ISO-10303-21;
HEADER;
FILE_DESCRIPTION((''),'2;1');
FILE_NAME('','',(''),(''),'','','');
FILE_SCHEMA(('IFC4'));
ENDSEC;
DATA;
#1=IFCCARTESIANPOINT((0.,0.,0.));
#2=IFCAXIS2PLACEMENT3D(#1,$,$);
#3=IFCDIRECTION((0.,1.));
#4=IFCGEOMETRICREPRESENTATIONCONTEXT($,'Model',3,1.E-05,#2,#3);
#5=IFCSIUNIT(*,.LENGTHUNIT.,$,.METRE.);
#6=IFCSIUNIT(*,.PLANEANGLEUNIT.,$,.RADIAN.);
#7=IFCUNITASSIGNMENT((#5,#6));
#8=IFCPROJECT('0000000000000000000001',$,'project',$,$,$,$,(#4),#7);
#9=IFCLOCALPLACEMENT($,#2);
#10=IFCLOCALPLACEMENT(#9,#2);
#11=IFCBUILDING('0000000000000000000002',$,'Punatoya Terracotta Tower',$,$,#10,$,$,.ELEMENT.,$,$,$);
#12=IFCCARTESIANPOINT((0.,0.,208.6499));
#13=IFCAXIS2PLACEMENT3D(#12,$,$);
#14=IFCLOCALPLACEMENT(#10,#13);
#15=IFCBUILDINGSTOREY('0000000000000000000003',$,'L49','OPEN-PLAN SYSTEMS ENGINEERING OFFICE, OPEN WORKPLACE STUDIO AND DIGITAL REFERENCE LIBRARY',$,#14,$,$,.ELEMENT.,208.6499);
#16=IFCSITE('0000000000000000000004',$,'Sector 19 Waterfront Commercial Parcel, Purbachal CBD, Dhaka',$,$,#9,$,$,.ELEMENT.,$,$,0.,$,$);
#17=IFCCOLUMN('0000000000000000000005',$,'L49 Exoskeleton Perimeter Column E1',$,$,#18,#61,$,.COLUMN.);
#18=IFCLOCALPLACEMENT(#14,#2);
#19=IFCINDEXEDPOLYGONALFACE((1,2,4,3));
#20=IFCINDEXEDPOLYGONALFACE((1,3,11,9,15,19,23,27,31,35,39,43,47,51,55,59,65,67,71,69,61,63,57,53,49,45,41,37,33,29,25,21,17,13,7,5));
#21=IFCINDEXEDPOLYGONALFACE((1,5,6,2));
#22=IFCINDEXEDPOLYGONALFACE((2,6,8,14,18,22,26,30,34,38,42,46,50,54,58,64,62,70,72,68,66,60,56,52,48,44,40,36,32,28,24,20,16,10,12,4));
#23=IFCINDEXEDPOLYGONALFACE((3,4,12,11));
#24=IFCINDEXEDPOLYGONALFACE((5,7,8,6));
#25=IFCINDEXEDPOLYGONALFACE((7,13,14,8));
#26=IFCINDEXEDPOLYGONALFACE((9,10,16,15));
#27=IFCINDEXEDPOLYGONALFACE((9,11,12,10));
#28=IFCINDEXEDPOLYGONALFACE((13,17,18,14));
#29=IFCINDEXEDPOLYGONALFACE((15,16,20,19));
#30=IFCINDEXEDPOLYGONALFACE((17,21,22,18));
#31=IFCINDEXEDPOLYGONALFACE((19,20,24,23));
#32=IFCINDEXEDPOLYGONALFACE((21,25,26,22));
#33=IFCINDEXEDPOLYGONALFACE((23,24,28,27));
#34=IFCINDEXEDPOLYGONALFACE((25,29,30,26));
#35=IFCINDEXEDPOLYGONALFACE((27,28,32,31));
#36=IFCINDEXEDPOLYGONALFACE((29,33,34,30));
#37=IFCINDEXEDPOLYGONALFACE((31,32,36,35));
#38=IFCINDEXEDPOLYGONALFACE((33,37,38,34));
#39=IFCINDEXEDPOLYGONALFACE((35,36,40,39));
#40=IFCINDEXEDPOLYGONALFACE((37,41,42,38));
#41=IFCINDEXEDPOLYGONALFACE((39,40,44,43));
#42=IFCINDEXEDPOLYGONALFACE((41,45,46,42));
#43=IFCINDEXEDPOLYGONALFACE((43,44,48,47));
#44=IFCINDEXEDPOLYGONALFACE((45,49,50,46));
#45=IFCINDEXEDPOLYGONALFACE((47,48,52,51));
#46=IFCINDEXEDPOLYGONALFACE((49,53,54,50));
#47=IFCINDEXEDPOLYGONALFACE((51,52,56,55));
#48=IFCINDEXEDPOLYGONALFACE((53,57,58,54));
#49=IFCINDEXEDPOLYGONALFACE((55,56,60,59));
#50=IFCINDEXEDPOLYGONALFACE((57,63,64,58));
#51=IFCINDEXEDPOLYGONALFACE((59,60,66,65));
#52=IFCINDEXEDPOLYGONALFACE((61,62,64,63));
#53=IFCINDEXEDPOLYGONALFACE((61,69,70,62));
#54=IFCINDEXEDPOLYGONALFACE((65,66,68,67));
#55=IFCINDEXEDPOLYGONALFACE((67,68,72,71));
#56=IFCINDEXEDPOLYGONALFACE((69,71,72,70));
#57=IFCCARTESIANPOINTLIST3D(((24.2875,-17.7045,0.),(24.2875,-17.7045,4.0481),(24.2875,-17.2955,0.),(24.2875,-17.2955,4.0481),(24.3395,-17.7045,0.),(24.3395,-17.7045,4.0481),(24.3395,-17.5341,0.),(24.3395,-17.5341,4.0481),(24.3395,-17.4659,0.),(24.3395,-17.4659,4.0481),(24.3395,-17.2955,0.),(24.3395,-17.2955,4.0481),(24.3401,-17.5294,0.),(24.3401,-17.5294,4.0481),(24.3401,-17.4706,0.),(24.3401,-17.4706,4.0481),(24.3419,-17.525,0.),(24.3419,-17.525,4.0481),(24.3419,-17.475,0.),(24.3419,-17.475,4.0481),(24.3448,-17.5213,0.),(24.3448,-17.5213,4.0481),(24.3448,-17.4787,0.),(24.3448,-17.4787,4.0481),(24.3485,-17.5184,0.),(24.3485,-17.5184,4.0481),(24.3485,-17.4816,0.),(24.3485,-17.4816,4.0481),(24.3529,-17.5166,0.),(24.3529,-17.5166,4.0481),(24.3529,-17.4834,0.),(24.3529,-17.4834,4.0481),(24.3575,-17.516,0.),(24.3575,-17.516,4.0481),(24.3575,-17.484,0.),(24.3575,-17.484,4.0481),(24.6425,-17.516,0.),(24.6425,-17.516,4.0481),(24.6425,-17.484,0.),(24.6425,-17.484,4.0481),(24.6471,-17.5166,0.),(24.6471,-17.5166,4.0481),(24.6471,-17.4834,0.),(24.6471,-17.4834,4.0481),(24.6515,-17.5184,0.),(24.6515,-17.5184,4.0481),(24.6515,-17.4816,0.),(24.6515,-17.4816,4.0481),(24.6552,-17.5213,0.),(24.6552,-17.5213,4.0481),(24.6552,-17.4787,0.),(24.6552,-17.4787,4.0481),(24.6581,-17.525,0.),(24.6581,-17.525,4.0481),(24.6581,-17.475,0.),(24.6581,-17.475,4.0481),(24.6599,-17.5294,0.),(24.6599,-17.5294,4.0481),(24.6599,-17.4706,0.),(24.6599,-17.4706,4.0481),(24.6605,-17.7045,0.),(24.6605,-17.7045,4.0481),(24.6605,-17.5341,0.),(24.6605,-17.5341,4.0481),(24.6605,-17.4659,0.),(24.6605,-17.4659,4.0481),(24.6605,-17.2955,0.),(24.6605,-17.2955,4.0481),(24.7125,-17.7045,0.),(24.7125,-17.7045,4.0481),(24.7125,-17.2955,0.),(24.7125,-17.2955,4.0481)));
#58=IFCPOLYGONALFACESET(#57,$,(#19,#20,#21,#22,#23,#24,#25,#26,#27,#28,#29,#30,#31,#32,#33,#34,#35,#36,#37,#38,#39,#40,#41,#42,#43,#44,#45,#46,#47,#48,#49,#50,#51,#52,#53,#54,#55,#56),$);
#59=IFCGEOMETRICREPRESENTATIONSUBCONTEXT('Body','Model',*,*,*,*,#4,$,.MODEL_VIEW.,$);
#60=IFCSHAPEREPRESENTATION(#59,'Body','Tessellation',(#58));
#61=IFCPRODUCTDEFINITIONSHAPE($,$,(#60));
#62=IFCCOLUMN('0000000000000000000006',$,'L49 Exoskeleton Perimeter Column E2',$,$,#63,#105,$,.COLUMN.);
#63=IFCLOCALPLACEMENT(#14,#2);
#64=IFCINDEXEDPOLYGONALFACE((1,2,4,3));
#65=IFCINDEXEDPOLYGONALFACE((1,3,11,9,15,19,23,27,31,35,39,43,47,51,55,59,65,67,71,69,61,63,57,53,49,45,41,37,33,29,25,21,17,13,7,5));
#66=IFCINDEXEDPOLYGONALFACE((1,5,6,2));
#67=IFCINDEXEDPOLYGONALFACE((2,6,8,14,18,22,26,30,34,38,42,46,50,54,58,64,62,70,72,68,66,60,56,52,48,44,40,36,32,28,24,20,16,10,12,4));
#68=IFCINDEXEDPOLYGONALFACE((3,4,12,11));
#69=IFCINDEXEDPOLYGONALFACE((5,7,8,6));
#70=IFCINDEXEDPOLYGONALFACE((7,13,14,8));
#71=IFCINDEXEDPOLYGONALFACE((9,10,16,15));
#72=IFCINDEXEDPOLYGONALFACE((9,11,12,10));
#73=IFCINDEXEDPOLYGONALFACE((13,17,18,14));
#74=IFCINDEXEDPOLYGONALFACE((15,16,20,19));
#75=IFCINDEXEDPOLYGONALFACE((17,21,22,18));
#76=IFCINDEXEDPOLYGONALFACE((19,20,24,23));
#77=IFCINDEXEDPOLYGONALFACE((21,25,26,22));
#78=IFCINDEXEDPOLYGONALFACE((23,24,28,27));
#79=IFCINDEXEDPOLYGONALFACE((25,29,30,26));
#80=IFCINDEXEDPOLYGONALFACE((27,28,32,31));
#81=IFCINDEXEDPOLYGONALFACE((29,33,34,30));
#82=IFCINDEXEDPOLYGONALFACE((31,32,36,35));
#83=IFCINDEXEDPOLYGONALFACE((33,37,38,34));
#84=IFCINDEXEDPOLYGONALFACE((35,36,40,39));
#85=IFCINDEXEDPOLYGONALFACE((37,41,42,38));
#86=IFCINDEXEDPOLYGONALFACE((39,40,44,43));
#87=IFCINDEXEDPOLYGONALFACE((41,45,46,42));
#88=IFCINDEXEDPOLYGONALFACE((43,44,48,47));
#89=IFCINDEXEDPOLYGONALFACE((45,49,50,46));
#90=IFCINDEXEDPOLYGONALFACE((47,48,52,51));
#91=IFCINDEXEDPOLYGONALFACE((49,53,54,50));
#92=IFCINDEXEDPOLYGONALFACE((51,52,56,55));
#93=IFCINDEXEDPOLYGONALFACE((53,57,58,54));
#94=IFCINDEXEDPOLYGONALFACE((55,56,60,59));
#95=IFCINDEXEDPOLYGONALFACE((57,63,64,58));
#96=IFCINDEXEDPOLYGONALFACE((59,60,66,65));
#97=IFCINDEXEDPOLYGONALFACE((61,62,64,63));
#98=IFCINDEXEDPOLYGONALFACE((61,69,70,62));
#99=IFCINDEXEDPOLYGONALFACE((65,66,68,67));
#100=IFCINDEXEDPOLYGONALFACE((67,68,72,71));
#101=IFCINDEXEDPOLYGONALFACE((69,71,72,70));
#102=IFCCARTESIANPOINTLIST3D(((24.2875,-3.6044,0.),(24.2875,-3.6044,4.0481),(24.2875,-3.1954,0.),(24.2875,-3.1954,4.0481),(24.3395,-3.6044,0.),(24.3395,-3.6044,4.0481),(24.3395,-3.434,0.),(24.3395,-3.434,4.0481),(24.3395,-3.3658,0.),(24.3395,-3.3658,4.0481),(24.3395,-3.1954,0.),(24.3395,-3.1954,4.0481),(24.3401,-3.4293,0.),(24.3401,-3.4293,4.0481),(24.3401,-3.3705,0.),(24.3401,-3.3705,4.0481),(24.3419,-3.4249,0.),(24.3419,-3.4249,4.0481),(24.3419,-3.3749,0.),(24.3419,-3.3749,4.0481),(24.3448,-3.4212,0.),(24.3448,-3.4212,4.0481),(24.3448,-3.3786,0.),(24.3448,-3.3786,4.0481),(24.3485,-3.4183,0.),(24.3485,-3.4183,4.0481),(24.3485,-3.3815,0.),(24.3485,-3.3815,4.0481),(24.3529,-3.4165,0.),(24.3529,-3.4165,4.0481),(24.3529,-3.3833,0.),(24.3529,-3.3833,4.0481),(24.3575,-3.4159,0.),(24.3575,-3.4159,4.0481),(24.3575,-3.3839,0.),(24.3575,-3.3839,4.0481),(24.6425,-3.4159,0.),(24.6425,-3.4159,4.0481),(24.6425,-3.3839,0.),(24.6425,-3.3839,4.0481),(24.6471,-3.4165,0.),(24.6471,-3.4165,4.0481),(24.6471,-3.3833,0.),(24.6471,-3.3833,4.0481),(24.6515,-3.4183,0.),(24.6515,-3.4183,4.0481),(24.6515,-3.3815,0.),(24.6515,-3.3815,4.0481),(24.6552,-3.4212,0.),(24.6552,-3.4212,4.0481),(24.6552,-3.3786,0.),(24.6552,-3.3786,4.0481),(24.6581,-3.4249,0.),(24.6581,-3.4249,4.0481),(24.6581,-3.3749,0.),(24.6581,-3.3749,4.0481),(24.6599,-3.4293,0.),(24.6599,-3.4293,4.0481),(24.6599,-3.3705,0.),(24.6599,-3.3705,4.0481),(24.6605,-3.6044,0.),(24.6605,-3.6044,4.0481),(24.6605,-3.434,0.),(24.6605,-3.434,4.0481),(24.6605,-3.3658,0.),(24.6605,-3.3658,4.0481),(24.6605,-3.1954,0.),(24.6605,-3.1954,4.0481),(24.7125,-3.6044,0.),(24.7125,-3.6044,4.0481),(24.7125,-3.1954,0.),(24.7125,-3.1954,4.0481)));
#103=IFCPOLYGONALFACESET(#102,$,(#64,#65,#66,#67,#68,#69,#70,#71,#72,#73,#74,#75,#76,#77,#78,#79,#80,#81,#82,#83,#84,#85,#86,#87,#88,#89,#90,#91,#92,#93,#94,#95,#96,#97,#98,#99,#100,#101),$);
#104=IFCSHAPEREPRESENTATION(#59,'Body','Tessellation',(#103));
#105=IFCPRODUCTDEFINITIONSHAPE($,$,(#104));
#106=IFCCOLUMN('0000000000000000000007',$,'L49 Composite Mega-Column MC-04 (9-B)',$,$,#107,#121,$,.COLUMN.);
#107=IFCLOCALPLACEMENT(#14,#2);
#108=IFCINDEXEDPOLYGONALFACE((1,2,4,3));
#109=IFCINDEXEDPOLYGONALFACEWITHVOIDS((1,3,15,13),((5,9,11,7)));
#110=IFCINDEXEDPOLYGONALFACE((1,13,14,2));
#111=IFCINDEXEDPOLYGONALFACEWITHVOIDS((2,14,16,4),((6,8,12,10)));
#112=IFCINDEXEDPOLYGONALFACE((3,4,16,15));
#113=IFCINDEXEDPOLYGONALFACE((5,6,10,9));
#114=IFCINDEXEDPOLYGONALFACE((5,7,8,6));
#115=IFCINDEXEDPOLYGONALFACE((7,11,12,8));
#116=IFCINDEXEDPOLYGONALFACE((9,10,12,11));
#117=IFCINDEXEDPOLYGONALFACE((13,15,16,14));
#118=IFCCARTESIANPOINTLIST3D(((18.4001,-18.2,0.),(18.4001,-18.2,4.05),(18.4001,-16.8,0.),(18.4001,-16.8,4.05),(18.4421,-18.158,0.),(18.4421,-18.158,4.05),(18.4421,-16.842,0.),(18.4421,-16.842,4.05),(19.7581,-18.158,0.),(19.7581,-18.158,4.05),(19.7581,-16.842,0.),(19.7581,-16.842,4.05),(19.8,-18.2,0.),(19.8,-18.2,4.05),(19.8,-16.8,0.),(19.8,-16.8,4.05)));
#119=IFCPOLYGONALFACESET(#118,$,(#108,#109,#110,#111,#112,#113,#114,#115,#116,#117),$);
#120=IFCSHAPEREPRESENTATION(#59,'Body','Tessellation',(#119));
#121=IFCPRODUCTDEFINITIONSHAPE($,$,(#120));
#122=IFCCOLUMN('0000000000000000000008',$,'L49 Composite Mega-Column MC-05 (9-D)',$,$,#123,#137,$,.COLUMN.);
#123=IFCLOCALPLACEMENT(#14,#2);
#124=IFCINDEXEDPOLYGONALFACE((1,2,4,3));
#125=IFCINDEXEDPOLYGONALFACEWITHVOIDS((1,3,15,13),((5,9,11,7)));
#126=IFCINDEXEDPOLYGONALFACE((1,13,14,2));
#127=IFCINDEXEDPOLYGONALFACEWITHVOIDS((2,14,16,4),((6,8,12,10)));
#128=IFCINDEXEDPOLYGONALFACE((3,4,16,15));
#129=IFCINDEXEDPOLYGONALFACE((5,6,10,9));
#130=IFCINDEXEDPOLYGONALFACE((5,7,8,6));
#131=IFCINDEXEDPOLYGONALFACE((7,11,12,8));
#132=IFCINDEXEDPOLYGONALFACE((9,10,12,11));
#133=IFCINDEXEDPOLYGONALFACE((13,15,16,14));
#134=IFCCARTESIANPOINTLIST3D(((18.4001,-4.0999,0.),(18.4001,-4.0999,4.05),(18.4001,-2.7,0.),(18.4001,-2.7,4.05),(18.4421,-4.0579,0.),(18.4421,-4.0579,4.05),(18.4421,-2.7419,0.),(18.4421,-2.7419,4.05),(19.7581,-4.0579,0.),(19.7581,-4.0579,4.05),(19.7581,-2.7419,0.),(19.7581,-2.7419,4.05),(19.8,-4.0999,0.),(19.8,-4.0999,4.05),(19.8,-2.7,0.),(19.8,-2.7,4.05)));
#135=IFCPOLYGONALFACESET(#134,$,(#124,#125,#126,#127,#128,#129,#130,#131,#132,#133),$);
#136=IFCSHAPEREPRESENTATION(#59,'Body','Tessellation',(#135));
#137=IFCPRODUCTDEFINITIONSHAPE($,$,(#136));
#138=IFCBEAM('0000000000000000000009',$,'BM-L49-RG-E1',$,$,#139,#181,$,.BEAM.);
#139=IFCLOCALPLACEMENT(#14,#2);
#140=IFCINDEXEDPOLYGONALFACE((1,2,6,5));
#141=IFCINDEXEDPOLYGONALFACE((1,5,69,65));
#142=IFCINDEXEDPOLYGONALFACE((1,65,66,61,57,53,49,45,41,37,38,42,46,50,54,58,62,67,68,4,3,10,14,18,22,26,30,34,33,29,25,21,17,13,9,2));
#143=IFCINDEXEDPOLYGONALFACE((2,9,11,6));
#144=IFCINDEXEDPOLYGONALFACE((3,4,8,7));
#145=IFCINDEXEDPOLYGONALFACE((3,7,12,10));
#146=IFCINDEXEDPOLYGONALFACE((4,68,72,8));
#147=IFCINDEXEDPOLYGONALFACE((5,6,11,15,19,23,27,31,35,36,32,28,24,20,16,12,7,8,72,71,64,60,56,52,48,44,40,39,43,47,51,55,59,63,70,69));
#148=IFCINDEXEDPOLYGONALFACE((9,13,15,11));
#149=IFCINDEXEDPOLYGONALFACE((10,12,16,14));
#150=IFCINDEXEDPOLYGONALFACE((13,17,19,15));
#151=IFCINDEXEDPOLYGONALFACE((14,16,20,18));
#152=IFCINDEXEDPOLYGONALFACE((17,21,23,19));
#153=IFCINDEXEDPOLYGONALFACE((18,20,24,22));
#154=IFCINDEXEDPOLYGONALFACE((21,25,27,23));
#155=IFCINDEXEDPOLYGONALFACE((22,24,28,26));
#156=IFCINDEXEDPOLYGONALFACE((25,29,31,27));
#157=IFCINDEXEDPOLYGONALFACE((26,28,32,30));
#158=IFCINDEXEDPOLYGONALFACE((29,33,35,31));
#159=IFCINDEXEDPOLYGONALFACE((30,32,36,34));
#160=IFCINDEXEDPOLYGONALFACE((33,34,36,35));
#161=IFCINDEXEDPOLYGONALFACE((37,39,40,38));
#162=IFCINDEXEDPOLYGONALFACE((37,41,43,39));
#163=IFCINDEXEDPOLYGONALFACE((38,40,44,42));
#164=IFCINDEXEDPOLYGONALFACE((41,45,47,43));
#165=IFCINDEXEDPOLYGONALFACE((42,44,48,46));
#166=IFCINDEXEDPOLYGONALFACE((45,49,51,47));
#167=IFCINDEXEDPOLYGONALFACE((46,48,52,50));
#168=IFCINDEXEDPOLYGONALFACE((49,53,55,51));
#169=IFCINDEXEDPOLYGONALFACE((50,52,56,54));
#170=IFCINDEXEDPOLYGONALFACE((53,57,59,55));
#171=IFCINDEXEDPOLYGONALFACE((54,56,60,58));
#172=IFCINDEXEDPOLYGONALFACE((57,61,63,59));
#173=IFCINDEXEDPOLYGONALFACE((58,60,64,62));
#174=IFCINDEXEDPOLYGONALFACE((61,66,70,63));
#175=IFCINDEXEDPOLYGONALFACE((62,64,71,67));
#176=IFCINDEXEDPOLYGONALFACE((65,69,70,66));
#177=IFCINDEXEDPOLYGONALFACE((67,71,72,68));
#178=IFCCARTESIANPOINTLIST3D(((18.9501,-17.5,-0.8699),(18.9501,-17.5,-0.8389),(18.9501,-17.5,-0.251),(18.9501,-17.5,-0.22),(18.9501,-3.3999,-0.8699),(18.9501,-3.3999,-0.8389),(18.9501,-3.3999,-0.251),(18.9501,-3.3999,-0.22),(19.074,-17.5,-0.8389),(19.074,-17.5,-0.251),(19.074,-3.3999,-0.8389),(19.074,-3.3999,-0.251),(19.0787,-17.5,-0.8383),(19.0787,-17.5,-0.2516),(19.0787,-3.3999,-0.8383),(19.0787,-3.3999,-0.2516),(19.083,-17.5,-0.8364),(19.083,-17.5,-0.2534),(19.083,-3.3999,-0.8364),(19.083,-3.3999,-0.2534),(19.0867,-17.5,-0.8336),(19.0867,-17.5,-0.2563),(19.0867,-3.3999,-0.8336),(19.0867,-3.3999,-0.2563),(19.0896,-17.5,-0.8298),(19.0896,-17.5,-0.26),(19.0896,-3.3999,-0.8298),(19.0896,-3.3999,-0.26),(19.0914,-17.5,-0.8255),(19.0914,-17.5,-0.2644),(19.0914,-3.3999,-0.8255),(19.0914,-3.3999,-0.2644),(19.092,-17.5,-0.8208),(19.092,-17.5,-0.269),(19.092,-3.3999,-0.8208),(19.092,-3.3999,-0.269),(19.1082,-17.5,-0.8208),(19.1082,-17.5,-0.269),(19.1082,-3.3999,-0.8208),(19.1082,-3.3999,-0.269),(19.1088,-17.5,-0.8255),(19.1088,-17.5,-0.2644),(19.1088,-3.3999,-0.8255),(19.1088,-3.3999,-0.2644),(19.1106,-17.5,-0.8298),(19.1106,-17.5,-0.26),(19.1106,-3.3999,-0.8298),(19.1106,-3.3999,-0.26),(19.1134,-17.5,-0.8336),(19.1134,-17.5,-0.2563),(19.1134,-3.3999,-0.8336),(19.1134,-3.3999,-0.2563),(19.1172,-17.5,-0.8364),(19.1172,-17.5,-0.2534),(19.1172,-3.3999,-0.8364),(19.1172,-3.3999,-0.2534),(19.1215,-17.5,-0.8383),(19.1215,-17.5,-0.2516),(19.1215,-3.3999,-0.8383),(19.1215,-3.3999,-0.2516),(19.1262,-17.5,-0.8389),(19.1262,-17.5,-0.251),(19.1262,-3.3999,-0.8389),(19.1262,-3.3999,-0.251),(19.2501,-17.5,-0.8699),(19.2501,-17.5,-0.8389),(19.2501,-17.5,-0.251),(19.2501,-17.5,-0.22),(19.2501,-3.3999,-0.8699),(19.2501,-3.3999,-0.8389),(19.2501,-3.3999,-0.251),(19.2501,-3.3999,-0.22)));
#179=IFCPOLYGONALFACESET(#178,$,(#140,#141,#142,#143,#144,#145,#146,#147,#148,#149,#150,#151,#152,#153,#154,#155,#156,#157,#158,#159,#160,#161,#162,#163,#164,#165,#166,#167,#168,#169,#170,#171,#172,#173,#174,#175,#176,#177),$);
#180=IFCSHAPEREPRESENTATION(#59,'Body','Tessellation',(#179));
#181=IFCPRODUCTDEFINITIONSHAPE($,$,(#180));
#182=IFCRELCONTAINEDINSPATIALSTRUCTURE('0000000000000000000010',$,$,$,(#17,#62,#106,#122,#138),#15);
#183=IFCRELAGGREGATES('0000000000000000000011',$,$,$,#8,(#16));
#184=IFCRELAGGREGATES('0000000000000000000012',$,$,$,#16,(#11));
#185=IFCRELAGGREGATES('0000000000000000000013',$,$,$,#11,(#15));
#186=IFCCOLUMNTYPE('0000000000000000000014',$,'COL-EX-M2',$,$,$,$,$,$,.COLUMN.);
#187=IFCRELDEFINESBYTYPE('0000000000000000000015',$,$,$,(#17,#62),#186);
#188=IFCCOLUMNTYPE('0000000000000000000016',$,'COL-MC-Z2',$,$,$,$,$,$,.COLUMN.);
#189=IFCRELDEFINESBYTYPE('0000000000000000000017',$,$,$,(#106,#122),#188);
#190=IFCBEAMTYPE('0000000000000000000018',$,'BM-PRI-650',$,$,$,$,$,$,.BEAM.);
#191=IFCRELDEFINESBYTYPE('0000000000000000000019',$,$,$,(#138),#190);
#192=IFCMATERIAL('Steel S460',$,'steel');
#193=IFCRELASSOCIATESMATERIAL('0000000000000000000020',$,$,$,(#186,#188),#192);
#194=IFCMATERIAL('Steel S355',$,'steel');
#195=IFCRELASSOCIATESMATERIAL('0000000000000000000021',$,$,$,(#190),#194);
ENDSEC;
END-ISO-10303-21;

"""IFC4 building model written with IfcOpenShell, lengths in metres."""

from ifc_helpers import new_model, si_unit, direction, frame, origin, origin_2d, place, context, subcontext, project, spatial, hollow_rectangle, i_section, extrude, material, material_profile, profile_set, type_object, element, save


model = new_model("IFC4")

# Units and contexts
model_context = context("Model", 3, precision=1e-05, world=origin(), true_north=direction((0.0, 1.0)))
body_context = subcontext(model_context, "Body", "Model", "MODEL_VIEW")
ifc_project = project(units=[si_unit("LENGTHUNIT", "METRE"), si_unit("PLANEANGLEUNIT", "RADIAN")], contexts=[model_context])

# Site, building, storey
site_placement = place(None, origin())
site = spatial("IfcSite", under=ifc_project, at=site_placement, Name="Sector 19 Waterfront Commercial Parcel, Purbachal CBD, Dhaka", CompositionType="ELEMENT", RefElevation=0.0)
building_placement = place(site_placement, origin())
building = spatial("IfcBuilding", under=site, at=building_placement, Name="Punatoya Terracotta Tower", CompositionType="ELEMENT")
storey_placement = place(building_placement, frame((0.0, 0.0, 208.6499)))
storey = spatial("IfcBuildingStorey", under=building, at=storey_placement, Name="L49", Description="OPEN-PLAN SYSTEMS ENGINEERING OFFICE, OPEN WORKPLACE STUDIO AND DIGITAL REFERENCE LIBRARY", CompositionType="ELEMENT", Elevation=208.6499)

# Columns
ifc_material_1 = material(Name="Steel S460", Category="steel")
ifc_material_profile_1 = material_profile(ifc_material_1, i_section(OverallWidth=0.4089, OverallDepth=0.425, WebThickness=0.032, FlangeThickness=0.052, FilletRadius=0.0181, at=origin_2d()))
ifc_profile_set_1 = profile_set([ifc_material_profile_1], Name="Steel S460")
column_type_1 = type_object("IfcColumnType", Name="COL-EX-M2", PredefinedType="COLUMN", material=ifc_profile_set_1)
for number, where, z_axis, x_axis, name in (
    (1, (24.5, -17.5, 0.0), (0.0, 0.0, 1.0), (0.0, 1.0, 0.0), "L49 Exoskeleton Perimeter Column E1"),
    (2, (24.5, -3.3999, 0.0), (0.0, 0.0, 1.0), (0.0, 1.0, 0.0), "L49 Exoskeleton Perimeter Column E2"),
):
    element("IfcColumn", number, at=place(storey_placement, frame(where, z_axis=z_axis, x_axis=x_axis)), inside=storey, type_object=column_type_1, Name=name, PredefinedType="COLUMN", context=body_context, shape_type="SweptSolid", body=[
        extrude(i_section(OverallWidth=0.4089, OverallDepth=0.425, WebThickness=0.032, FlangeThickness=0.052, FilletRadius=0.0181, at=origin_2d()), origin(), (0.0, 0.0, 1.0), 4.0481),
    ])
ifc_material_profile_2 = material_profile(ifc_material_1, hollow_rectangle(XDim=1.3999, YDim=1.3999, WallThickness=0.042, at=origin_2d()))
ifc_profile_set_2 = profile_set([ifc_material_profile_2], Name="Steel S460")
column_type_2 = type_object("IfcColumnType", Name="COL-MC-Z2", PredefinedType="COLUMN", material=ifc_profile_set_2)
for number, where, z_axis, x_axis, name in (
    (3, (19.1001, -17.5, 0.0), (0.0, 0.0, 1.0), (1.0, 0.0, 0.0), "L49 Composite Mega-Column MC-04 (9-B)"),
    (4, (19.1001, -3.3999, 0.0), (0.0, 0.0, 1.0), (1.0, 0.0, 0.0), "L49 Composite Mega-Column MC-05 (9-D)"),
):
    element("IfcColumn", number, at=place(storey_placement, frame(where, z_axis=z_axis, x_axis=x_axis)), inside=storey, type_object=column_type_2, Name=name, PredefinedType="COLUMN", context=body_context, shape_type="SweptSolid", body=[
        extrude(hollow_rectangle(XDim=1.3999, YDim=1.3999, WallThickness=0.042, at=origin_2d()), origin(), (0.0, 0.0, 1.0), 4.05),
    ])

# Beam
ifc_material_2 = material(Name="Steel S355", Category="steel")
ifc_material_profile_3 = material_profile(ifc_material_2, i_section(OverallWidth=0.3, OverallDepth=0.6499, WebThickness=0.0161, FlangeThickness=0.031, FilletRadius=0.0181, at=origin_2d()))
ifc_profile_set_3 = profile_set([ifc_material_profile_3], Name="Steel S355")
beam_type_1 = type_object("IfcBeamType", Name="BM-PRI-650", PredefinedType="BEAM", material=ifc_profile_set_3)
beam_1_placement = place(storey_placement, frame((19.1001, -17.5, -0.5449), z_axis=(0.0, 1.0, 0.0), x_axis=(-1.0, 0.0, 0.0)))
element("IfcBeam", 5, at=beam_1_placement, inside=storey, type_object=beam_type_1, Name="BM-L49-RG-E1", PredefinedType="BEAM", context=body_context, shape_type="SweptSolid", body=[
    extrude(i_section(OverallWidth=0.3, OverallDepth=0.6499, WebThickness=0.0161, FlangeThickness=0.031, FilletRadius=0.0181, at=origin_2d()), origin(), (0.0, 0.0, 1.0), 14.1001),
])

save(model, "model.ifc")
